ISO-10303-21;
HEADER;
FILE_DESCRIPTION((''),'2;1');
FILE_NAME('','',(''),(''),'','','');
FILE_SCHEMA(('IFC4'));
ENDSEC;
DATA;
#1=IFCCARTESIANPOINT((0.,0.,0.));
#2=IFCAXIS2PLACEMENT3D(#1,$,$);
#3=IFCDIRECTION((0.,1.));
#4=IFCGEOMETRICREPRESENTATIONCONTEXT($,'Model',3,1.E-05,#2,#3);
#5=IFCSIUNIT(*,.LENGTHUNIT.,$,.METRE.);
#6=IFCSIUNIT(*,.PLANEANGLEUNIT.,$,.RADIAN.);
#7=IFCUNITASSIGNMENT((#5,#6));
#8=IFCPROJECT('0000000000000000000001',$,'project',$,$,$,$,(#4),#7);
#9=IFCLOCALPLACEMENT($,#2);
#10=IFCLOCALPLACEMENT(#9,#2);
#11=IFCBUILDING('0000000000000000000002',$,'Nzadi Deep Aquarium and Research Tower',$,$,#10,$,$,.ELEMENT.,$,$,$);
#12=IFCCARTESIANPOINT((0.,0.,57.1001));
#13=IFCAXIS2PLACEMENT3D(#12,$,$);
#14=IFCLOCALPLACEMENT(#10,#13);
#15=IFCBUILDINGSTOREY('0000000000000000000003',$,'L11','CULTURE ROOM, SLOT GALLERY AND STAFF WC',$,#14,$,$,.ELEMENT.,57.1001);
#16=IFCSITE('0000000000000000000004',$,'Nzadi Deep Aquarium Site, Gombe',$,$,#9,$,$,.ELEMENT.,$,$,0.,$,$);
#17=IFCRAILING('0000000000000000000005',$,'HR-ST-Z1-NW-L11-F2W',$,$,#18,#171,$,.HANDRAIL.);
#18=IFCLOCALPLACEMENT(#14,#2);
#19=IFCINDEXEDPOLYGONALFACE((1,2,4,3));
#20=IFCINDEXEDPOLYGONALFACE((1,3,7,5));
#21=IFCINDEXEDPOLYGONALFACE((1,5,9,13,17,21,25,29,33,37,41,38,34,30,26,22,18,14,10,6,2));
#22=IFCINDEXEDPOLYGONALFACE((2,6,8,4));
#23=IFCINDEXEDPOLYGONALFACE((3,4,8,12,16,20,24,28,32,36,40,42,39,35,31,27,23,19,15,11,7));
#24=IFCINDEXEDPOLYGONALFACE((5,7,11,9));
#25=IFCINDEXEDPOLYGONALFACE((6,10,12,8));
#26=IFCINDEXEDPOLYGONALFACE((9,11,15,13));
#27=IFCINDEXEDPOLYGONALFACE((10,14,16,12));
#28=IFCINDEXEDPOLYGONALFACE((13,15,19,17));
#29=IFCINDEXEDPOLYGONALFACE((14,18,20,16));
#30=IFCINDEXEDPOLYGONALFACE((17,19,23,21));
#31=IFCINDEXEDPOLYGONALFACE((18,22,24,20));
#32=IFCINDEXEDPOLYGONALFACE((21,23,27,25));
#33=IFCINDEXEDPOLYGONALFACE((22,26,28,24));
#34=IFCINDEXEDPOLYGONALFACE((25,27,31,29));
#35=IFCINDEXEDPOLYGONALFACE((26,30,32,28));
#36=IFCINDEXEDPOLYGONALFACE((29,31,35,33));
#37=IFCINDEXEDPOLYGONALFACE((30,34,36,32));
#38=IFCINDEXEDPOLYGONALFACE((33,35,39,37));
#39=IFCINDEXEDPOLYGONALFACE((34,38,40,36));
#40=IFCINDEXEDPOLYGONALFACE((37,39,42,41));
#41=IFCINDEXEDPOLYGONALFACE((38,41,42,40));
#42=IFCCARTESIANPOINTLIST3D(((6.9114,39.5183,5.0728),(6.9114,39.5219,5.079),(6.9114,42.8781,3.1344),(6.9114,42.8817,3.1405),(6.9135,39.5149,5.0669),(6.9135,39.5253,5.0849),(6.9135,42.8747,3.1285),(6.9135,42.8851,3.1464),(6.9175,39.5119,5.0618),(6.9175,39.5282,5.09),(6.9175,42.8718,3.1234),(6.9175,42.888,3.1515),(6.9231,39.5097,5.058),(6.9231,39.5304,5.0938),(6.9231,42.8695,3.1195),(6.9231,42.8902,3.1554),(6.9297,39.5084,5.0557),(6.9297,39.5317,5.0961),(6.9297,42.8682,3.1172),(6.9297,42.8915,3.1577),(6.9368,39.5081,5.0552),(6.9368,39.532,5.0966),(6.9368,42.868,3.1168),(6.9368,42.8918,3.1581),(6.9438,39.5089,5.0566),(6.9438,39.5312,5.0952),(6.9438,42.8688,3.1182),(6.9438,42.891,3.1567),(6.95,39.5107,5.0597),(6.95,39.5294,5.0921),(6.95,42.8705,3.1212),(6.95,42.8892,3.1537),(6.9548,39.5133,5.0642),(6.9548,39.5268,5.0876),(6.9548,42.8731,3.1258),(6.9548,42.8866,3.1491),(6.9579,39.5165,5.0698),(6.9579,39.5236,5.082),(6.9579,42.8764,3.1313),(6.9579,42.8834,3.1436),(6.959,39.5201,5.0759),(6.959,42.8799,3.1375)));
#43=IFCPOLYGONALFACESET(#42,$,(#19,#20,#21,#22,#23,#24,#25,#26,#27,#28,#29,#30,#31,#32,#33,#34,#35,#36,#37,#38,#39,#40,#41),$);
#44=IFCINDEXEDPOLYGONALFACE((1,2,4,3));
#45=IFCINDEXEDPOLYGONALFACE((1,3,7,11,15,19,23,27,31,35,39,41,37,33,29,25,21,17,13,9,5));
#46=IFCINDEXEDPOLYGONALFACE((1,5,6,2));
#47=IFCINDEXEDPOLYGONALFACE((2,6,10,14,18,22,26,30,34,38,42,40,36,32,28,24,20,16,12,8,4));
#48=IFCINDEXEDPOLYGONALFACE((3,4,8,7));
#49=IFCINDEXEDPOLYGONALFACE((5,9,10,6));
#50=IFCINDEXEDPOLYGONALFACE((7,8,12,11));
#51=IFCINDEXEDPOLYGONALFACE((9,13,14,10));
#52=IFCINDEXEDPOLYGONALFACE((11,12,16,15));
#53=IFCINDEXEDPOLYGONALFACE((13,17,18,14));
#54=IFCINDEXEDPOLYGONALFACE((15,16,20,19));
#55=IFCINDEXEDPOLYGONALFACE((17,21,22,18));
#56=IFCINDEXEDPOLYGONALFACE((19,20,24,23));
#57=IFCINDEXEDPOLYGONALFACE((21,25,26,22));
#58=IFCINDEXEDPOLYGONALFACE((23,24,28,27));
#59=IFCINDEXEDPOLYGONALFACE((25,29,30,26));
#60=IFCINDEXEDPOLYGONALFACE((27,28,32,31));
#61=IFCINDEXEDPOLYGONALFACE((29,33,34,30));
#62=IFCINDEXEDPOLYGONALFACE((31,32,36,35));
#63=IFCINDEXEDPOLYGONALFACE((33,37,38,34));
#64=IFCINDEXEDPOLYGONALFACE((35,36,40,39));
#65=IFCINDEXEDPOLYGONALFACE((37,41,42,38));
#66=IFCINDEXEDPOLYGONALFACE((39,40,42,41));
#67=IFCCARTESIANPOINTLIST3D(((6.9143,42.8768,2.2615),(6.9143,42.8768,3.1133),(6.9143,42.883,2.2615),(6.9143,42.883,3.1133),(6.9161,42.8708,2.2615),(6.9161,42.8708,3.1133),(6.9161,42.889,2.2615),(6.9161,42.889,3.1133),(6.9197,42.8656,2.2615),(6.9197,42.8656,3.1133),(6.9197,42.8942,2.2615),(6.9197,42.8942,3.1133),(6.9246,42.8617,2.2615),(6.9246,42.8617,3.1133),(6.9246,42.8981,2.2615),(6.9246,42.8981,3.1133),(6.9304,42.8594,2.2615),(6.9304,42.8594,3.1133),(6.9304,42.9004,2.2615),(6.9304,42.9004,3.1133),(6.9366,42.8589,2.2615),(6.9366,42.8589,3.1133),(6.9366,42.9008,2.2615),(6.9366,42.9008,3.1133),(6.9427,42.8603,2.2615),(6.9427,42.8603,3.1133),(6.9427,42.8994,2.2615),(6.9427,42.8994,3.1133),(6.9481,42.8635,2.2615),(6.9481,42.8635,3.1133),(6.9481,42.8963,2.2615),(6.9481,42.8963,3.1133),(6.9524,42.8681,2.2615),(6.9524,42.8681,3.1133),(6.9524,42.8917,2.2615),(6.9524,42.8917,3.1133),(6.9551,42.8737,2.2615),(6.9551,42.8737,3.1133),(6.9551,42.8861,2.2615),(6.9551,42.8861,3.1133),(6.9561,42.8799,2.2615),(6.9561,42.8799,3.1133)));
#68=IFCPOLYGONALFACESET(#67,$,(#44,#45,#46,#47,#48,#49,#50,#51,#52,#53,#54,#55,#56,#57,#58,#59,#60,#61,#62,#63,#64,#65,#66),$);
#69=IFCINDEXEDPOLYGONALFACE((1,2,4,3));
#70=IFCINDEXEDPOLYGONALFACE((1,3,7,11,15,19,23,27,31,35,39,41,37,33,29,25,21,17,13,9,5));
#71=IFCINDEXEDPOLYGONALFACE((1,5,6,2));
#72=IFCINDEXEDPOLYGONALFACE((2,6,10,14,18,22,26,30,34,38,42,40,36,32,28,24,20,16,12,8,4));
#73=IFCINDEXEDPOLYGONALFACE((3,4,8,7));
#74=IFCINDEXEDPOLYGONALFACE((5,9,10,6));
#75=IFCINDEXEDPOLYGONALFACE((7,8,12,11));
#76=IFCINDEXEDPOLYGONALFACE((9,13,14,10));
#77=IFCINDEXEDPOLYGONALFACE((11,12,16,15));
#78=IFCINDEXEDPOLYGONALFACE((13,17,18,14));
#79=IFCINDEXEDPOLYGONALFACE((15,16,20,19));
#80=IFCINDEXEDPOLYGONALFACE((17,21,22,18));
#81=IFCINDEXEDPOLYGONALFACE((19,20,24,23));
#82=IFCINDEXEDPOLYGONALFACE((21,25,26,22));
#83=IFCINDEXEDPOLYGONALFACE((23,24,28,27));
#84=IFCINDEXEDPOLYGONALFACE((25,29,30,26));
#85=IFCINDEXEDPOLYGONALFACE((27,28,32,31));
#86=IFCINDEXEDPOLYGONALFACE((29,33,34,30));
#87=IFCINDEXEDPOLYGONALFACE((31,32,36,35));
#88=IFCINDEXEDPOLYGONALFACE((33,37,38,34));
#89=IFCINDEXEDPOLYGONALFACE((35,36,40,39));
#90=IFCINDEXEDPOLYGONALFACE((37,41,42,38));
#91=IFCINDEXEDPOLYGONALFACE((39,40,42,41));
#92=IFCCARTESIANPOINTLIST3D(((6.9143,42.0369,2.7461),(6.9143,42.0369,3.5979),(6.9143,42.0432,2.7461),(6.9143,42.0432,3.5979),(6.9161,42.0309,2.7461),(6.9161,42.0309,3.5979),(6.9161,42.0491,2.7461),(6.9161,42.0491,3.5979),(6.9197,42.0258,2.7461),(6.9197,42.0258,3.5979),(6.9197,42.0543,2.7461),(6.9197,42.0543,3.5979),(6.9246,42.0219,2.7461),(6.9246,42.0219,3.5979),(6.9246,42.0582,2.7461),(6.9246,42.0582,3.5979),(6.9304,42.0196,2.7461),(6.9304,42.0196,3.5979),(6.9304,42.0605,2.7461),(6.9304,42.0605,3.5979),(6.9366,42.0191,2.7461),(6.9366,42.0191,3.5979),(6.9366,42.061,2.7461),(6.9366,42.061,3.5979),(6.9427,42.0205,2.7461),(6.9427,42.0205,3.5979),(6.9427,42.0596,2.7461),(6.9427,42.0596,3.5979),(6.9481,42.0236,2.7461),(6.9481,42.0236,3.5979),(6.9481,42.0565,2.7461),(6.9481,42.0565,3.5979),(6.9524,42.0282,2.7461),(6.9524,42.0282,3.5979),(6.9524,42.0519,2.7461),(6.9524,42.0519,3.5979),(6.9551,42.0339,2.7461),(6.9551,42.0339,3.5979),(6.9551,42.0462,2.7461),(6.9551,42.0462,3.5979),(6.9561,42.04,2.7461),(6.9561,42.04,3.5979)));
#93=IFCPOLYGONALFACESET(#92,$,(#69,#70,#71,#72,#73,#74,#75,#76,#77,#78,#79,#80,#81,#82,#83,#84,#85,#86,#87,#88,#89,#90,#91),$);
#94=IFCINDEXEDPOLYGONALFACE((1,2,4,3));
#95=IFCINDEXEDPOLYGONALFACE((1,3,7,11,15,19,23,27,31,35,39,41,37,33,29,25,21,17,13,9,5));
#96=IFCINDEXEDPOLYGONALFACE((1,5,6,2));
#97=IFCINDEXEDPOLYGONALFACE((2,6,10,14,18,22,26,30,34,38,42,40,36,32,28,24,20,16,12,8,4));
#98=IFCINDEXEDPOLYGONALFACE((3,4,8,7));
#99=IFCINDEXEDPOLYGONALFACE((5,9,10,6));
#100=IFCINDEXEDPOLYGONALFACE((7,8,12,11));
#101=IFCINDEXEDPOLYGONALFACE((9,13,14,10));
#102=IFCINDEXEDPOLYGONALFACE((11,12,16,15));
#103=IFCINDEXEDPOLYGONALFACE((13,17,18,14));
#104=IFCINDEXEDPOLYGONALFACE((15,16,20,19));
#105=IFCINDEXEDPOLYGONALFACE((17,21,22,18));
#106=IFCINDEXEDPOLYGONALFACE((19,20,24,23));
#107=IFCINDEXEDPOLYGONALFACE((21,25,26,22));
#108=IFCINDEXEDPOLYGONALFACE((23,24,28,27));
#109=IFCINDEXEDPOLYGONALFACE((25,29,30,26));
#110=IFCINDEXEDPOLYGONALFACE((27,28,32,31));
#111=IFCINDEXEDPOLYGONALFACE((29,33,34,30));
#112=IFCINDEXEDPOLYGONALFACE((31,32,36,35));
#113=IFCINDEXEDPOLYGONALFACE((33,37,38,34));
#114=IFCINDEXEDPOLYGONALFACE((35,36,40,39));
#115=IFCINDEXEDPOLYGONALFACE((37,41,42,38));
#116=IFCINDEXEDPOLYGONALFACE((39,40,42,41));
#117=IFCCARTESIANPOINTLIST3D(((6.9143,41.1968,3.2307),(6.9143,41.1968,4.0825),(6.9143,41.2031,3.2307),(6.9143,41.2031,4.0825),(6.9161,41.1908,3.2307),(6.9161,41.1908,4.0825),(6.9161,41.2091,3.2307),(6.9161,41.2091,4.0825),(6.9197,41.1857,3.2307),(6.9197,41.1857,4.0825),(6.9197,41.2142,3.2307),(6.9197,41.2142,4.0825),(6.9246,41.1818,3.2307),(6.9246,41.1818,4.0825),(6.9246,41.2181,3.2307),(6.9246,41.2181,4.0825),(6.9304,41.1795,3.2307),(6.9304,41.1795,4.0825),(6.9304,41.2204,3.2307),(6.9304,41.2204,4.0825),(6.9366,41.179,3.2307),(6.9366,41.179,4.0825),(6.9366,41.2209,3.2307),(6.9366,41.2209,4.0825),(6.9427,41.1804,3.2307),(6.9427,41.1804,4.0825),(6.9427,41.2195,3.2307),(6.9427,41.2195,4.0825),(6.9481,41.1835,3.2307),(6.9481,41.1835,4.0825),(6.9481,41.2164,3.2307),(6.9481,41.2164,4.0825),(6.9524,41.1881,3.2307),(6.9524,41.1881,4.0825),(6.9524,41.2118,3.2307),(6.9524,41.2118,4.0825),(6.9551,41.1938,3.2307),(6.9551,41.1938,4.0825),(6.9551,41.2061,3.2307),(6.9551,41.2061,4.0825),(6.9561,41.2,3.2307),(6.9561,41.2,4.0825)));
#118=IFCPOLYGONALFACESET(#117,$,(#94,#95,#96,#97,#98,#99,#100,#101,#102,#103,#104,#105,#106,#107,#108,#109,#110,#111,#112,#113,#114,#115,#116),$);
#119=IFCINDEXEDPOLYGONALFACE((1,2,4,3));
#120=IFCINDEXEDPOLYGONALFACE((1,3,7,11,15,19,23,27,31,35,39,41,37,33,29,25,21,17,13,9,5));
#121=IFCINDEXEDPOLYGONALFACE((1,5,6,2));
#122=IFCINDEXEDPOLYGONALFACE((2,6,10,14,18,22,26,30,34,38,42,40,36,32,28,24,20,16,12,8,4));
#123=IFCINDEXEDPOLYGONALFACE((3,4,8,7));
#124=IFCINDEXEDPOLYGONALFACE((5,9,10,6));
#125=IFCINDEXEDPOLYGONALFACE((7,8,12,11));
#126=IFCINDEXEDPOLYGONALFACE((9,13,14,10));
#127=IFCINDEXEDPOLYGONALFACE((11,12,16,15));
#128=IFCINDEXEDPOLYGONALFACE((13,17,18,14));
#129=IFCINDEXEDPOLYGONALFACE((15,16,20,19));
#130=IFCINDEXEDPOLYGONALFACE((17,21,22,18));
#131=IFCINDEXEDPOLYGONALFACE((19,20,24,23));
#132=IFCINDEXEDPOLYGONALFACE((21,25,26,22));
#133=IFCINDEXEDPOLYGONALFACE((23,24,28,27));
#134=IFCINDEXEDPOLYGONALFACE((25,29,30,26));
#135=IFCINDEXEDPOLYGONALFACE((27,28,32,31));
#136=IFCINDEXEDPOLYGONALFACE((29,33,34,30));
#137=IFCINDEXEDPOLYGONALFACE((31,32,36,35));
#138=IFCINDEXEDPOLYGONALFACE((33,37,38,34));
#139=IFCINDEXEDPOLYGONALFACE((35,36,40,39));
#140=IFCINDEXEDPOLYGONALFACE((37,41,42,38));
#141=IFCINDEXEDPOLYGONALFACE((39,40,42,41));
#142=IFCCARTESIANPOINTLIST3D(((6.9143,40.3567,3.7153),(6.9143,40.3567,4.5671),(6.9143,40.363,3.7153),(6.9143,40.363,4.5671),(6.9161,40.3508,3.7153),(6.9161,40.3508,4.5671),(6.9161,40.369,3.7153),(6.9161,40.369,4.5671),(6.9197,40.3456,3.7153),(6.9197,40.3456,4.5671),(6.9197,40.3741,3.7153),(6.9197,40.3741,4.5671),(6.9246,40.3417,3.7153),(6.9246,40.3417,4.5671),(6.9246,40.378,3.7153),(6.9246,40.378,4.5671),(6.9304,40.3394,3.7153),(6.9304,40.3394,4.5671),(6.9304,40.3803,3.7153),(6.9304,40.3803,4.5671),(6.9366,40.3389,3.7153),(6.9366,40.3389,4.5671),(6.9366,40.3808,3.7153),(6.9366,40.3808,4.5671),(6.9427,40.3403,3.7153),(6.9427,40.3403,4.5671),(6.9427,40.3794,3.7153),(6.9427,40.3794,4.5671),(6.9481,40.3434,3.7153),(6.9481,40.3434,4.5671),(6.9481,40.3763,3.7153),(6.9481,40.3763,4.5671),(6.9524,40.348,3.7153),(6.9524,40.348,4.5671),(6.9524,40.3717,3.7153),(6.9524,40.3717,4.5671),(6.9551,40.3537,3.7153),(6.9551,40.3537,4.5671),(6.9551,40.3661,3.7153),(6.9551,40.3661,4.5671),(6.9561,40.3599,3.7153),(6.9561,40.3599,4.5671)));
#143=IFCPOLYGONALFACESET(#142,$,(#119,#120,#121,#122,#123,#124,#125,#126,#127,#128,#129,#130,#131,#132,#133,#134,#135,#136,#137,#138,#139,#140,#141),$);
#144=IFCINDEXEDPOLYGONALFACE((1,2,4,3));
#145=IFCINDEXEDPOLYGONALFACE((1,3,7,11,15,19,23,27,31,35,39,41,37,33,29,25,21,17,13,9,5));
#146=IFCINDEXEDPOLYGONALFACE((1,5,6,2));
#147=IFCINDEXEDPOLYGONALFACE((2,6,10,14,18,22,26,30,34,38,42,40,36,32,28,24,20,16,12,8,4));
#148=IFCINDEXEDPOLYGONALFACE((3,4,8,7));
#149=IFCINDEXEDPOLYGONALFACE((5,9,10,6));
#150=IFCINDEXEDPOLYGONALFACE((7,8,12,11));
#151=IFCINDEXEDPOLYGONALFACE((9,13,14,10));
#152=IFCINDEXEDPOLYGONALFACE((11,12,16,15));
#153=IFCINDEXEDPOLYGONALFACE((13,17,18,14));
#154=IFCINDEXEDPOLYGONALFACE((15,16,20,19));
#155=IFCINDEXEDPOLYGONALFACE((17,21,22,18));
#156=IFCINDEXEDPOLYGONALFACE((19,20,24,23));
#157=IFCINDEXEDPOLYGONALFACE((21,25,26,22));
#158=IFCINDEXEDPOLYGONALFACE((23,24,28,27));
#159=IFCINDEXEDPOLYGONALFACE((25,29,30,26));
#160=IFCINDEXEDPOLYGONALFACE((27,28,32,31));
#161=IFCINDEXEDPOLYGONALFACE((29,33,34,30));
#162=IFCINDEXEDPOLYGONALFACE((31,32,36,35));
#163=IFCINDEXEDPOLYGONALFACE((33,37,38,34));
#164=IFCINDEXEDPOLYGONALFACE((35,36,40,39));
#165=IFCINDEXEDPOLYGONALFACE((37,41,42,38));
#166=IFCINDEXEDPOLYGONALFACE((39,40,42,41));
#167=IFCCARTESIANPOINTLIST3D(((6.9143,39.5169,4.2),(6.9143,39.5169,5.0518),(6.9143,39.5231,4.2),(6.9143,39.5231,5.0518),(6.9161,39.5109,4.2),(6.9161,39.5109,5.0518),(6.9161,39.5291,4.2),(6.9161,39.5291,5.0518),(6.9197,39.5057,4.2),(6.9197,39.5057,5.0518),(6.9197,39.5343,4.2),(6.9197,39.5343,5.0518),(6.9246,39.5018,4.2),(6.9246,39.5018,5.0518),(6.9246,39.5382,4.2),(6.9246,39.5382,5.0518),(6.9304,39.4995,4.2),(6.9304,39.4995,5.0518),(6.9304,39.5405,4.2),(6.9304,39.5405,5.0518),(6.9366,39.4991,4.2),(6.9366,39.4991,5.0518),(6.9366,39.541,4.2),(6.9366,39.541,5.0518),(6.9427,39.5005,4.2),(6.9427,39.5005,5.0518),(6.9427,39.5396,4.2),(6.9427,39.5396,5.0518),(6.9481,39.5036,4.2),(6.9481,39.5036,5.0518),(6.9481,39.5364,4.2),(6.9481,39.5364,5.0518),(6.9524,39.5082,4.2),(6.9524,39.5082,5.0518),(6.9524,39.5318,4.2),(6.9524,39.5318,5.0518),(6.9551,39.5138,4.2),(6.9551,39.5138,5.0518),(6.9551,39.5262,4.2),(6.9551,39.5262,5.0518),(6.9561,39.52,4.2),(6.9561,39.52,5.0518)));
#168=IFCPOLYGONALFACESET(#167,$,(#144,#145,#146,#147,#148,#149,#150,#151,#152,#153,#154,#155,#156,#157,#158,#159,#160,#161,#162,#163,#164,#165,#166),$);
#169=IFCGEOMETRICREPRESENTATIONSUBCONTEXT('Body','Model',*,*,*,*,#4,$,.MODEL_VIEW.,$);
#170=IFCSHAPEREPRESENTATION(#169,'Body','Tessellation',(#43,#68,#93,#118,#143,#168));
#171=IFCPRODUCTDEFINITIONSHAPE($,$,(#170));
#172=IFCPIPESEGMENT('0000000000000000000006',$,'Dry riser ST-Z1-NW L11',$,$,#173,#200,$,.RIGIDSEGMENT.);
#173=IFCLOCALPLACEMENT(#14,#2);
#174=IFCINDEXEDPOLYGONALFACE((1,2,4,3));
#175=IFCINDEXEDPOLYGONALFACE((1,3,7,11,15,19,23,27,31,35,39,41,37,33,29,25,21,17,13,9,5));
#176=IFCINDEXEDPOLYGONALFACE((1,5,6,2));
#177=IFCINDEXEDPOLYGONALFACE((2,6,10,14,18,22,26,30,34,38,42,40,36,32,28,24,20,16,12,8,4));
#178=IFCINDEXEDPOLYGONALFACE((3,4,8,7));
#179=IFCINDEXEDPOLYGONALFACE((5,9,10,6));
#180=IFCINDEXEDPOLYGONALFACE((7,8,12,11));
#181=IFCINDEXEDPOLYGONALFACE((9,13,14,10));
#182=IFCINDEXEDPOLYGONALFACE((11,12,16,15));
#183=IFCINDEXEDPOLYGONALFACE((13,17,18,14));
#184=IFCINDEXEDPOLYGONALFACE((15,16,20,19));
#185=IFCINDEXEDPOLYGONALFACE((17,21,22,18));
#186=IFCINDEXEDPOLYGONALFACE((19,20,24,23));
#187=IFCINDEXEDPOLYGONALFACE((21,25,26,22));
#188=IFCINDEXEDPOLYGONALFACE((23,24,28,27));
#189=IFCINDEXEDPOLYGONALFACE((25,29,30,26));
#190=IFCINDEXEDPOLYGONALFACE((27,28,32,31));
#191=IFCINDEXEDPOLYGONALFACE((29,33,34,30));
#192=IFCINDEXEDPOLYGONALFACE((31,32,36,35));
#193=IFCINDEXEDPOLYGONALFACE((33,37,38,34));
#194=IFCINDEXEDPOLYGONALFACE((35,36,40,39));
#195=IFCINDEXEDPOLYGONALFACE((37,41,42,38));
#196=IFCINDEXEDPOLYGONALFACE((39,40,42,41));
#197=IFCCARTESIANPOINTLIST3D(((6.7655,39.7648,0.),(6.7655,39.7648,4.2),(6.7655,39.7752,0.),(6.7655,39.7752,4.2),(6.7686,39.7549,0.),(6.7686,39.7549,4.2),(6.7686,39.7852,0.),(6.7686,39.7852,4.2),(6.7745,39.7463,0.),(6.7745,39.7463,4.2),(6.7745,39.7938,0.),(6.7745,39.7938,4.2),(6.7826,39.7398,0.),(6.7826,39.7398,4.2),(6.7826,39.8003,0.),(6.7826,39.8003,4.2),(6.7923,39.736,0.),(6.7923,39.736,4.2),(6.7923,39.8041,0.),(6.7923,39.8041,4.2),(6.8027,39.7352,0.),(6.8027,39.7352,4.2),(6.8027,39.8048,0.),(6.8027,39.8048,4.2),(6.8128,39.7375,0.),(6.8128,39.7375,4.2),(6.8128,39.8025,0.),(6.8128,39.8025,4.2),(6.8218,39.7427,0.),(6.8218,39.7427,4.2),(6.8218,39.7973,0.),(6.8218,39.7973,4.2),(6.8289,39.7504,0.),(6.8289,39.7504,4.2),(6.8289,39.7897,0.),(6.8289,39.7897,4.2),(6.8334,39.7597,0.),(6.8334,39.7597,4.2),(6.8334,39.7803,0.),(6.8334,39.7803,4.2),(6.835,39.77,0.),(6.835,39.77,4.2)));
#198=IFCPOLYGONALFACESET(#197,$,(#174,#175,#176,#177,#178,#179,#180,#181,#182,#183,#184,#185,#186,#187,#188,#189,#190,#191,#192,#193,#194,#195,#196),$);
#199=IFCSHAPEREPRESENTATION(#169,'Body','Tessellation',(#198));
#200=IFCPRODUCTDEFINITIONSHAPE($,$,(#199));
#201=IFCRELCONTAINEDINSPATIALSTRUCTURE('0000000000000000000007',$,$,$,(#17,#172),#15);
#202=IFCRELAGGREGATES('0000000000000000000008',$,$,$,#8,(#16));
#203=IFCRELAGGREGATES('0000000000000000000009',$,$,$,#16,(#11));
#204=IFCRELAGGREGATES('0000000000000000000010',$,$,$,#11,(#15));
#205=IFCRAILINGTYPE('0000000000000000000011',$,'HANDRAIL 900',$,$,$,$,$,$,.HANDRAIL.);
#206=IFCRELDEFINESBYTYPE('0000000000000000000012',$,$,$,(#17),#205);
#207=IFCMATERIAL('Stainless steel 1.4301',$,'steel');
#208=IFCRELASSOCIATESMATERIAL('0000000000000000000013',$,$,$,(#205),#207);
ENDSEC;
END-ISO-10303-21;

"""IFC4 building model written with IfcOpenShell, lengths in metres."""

from ifc_helpers import new_model, si_unit, direction, frame, origin, origin_2d, place, context, subcontext, project, spatial, circle, extrude, material, type_object, element, save


model = new_model("IFC4")

# Units and contexts
model_context = context("Model", 3, precision=1e-05, world=origin(), true_north=direction((0.0, 1.0)))
body_context = subcontext(model_context, "Body", "Model", "MODEL_VIEW")
ifc_project = project(units=[si_unit("LENGTHUNIT", "METRE"), si_unit("PLANEANGLEUNIT", "RADIAN")], contexts=[model_context])

# Site, building, storey
site_placement = place(None, origin())
site = spatial("IfcSite", under=ifc_project, at=site_placement, Name="Nzadi Deep Aquarium Site, Gombe", CompositionType="ELEMENT", RefElevation=0.0)
building_placement = place(site_placement, origin())
building = spatial("IfcBuilding", under=site, at=building_placement, Name="Nzadi Deep Aquarium and Research Tower", CompositionType="ELEMENT")
storey_placement = place(building_placement, frame((0.0, 0.0, 57.1001)))
storey = spatial("IfcBuildingStorey", under=building, at=storey_placement, Name="L11", Description="CULTURE ROOM, SLOT GALLERY AND STAFF WC", CompositionType="ELEMENT", Elevation=57.1001)

# Railing
ifc_material_1 = material(Name="Stainless steel 1.4301", Category="steel")
railing_type = type_object("IfcRailingType", Name="HANDRAIL 900", PredefinedType="HANDRAIL", material=ifc_material_1)
railing_placement = place(storey_placement, frame((6.9351, 42.8799, 2.2615)))
element("IfcRailing", 1, at=railing_placement, inside=storey, type_object=railing_type, Name="HR-ST-Z1-NW-L11-F2W", PredefinedType="HANDRAIL", context=body_context, shape_type="SweptSolid", body=[
    extrude(circle(Radius=0.0239, at=origin_2d()), frame((0.0, 0.0, 0.876), z_axis=(0.0, -0.866175, 0.499741), x_axis=(1.0, 0.0, 0.0)), (0.0, 0.0, 1.0), 3.8789),
    extrude(circle(Radius=0.021, at=origin_2d()), origin(), (0.0, 0.0, 1.0), 0.8518),
    extrude(circle(Radius=0.021, at=origin_2d()), frame((0.0, -0.8398, 0.4846)), (0.0, 0.0, 1.0), 0.8518),
    extrude(circle(Radius=0.021, at=origin_2d()), frame((0.0, -1.6799, 0.9692)), (0.0, 0.0, 1.0), 0.8518),
    extrude(circle(Radius=0.021, at=origin_2d()), frame((0.0, -2.52, 1.4539)), (0.0, 0.0, 1.0), 0.8518),
    extrude(circle(Radius=0.021, at=origin_2d()), frame((0.0, -3.3599, 1.9385)), (0.0, 0.0, 1.0), 0.8518),
])

# Pipe segment
pipe_segment_placement = place(storey_placement, frame((6.8, 39.77, 0.0), z_axis=(0.0, 0.0, 1.0), x_axis=(1.0, 0.0, 0.0)))
element("IfcPipeSegment", 2, at=pipe_segment_placement, inside=storey, Name="Dry riser ST-Z1-NW L11", PredefinedType="RIGIDSEGMENT", context=body_context, shape_type="SweptSolid", body=[
    extrude(circle(Radius=0.0349, at=origin_2d()), origin(), (0.0, 0.0, 1.0), 4.2),
])

save(model, "model.ifc")
